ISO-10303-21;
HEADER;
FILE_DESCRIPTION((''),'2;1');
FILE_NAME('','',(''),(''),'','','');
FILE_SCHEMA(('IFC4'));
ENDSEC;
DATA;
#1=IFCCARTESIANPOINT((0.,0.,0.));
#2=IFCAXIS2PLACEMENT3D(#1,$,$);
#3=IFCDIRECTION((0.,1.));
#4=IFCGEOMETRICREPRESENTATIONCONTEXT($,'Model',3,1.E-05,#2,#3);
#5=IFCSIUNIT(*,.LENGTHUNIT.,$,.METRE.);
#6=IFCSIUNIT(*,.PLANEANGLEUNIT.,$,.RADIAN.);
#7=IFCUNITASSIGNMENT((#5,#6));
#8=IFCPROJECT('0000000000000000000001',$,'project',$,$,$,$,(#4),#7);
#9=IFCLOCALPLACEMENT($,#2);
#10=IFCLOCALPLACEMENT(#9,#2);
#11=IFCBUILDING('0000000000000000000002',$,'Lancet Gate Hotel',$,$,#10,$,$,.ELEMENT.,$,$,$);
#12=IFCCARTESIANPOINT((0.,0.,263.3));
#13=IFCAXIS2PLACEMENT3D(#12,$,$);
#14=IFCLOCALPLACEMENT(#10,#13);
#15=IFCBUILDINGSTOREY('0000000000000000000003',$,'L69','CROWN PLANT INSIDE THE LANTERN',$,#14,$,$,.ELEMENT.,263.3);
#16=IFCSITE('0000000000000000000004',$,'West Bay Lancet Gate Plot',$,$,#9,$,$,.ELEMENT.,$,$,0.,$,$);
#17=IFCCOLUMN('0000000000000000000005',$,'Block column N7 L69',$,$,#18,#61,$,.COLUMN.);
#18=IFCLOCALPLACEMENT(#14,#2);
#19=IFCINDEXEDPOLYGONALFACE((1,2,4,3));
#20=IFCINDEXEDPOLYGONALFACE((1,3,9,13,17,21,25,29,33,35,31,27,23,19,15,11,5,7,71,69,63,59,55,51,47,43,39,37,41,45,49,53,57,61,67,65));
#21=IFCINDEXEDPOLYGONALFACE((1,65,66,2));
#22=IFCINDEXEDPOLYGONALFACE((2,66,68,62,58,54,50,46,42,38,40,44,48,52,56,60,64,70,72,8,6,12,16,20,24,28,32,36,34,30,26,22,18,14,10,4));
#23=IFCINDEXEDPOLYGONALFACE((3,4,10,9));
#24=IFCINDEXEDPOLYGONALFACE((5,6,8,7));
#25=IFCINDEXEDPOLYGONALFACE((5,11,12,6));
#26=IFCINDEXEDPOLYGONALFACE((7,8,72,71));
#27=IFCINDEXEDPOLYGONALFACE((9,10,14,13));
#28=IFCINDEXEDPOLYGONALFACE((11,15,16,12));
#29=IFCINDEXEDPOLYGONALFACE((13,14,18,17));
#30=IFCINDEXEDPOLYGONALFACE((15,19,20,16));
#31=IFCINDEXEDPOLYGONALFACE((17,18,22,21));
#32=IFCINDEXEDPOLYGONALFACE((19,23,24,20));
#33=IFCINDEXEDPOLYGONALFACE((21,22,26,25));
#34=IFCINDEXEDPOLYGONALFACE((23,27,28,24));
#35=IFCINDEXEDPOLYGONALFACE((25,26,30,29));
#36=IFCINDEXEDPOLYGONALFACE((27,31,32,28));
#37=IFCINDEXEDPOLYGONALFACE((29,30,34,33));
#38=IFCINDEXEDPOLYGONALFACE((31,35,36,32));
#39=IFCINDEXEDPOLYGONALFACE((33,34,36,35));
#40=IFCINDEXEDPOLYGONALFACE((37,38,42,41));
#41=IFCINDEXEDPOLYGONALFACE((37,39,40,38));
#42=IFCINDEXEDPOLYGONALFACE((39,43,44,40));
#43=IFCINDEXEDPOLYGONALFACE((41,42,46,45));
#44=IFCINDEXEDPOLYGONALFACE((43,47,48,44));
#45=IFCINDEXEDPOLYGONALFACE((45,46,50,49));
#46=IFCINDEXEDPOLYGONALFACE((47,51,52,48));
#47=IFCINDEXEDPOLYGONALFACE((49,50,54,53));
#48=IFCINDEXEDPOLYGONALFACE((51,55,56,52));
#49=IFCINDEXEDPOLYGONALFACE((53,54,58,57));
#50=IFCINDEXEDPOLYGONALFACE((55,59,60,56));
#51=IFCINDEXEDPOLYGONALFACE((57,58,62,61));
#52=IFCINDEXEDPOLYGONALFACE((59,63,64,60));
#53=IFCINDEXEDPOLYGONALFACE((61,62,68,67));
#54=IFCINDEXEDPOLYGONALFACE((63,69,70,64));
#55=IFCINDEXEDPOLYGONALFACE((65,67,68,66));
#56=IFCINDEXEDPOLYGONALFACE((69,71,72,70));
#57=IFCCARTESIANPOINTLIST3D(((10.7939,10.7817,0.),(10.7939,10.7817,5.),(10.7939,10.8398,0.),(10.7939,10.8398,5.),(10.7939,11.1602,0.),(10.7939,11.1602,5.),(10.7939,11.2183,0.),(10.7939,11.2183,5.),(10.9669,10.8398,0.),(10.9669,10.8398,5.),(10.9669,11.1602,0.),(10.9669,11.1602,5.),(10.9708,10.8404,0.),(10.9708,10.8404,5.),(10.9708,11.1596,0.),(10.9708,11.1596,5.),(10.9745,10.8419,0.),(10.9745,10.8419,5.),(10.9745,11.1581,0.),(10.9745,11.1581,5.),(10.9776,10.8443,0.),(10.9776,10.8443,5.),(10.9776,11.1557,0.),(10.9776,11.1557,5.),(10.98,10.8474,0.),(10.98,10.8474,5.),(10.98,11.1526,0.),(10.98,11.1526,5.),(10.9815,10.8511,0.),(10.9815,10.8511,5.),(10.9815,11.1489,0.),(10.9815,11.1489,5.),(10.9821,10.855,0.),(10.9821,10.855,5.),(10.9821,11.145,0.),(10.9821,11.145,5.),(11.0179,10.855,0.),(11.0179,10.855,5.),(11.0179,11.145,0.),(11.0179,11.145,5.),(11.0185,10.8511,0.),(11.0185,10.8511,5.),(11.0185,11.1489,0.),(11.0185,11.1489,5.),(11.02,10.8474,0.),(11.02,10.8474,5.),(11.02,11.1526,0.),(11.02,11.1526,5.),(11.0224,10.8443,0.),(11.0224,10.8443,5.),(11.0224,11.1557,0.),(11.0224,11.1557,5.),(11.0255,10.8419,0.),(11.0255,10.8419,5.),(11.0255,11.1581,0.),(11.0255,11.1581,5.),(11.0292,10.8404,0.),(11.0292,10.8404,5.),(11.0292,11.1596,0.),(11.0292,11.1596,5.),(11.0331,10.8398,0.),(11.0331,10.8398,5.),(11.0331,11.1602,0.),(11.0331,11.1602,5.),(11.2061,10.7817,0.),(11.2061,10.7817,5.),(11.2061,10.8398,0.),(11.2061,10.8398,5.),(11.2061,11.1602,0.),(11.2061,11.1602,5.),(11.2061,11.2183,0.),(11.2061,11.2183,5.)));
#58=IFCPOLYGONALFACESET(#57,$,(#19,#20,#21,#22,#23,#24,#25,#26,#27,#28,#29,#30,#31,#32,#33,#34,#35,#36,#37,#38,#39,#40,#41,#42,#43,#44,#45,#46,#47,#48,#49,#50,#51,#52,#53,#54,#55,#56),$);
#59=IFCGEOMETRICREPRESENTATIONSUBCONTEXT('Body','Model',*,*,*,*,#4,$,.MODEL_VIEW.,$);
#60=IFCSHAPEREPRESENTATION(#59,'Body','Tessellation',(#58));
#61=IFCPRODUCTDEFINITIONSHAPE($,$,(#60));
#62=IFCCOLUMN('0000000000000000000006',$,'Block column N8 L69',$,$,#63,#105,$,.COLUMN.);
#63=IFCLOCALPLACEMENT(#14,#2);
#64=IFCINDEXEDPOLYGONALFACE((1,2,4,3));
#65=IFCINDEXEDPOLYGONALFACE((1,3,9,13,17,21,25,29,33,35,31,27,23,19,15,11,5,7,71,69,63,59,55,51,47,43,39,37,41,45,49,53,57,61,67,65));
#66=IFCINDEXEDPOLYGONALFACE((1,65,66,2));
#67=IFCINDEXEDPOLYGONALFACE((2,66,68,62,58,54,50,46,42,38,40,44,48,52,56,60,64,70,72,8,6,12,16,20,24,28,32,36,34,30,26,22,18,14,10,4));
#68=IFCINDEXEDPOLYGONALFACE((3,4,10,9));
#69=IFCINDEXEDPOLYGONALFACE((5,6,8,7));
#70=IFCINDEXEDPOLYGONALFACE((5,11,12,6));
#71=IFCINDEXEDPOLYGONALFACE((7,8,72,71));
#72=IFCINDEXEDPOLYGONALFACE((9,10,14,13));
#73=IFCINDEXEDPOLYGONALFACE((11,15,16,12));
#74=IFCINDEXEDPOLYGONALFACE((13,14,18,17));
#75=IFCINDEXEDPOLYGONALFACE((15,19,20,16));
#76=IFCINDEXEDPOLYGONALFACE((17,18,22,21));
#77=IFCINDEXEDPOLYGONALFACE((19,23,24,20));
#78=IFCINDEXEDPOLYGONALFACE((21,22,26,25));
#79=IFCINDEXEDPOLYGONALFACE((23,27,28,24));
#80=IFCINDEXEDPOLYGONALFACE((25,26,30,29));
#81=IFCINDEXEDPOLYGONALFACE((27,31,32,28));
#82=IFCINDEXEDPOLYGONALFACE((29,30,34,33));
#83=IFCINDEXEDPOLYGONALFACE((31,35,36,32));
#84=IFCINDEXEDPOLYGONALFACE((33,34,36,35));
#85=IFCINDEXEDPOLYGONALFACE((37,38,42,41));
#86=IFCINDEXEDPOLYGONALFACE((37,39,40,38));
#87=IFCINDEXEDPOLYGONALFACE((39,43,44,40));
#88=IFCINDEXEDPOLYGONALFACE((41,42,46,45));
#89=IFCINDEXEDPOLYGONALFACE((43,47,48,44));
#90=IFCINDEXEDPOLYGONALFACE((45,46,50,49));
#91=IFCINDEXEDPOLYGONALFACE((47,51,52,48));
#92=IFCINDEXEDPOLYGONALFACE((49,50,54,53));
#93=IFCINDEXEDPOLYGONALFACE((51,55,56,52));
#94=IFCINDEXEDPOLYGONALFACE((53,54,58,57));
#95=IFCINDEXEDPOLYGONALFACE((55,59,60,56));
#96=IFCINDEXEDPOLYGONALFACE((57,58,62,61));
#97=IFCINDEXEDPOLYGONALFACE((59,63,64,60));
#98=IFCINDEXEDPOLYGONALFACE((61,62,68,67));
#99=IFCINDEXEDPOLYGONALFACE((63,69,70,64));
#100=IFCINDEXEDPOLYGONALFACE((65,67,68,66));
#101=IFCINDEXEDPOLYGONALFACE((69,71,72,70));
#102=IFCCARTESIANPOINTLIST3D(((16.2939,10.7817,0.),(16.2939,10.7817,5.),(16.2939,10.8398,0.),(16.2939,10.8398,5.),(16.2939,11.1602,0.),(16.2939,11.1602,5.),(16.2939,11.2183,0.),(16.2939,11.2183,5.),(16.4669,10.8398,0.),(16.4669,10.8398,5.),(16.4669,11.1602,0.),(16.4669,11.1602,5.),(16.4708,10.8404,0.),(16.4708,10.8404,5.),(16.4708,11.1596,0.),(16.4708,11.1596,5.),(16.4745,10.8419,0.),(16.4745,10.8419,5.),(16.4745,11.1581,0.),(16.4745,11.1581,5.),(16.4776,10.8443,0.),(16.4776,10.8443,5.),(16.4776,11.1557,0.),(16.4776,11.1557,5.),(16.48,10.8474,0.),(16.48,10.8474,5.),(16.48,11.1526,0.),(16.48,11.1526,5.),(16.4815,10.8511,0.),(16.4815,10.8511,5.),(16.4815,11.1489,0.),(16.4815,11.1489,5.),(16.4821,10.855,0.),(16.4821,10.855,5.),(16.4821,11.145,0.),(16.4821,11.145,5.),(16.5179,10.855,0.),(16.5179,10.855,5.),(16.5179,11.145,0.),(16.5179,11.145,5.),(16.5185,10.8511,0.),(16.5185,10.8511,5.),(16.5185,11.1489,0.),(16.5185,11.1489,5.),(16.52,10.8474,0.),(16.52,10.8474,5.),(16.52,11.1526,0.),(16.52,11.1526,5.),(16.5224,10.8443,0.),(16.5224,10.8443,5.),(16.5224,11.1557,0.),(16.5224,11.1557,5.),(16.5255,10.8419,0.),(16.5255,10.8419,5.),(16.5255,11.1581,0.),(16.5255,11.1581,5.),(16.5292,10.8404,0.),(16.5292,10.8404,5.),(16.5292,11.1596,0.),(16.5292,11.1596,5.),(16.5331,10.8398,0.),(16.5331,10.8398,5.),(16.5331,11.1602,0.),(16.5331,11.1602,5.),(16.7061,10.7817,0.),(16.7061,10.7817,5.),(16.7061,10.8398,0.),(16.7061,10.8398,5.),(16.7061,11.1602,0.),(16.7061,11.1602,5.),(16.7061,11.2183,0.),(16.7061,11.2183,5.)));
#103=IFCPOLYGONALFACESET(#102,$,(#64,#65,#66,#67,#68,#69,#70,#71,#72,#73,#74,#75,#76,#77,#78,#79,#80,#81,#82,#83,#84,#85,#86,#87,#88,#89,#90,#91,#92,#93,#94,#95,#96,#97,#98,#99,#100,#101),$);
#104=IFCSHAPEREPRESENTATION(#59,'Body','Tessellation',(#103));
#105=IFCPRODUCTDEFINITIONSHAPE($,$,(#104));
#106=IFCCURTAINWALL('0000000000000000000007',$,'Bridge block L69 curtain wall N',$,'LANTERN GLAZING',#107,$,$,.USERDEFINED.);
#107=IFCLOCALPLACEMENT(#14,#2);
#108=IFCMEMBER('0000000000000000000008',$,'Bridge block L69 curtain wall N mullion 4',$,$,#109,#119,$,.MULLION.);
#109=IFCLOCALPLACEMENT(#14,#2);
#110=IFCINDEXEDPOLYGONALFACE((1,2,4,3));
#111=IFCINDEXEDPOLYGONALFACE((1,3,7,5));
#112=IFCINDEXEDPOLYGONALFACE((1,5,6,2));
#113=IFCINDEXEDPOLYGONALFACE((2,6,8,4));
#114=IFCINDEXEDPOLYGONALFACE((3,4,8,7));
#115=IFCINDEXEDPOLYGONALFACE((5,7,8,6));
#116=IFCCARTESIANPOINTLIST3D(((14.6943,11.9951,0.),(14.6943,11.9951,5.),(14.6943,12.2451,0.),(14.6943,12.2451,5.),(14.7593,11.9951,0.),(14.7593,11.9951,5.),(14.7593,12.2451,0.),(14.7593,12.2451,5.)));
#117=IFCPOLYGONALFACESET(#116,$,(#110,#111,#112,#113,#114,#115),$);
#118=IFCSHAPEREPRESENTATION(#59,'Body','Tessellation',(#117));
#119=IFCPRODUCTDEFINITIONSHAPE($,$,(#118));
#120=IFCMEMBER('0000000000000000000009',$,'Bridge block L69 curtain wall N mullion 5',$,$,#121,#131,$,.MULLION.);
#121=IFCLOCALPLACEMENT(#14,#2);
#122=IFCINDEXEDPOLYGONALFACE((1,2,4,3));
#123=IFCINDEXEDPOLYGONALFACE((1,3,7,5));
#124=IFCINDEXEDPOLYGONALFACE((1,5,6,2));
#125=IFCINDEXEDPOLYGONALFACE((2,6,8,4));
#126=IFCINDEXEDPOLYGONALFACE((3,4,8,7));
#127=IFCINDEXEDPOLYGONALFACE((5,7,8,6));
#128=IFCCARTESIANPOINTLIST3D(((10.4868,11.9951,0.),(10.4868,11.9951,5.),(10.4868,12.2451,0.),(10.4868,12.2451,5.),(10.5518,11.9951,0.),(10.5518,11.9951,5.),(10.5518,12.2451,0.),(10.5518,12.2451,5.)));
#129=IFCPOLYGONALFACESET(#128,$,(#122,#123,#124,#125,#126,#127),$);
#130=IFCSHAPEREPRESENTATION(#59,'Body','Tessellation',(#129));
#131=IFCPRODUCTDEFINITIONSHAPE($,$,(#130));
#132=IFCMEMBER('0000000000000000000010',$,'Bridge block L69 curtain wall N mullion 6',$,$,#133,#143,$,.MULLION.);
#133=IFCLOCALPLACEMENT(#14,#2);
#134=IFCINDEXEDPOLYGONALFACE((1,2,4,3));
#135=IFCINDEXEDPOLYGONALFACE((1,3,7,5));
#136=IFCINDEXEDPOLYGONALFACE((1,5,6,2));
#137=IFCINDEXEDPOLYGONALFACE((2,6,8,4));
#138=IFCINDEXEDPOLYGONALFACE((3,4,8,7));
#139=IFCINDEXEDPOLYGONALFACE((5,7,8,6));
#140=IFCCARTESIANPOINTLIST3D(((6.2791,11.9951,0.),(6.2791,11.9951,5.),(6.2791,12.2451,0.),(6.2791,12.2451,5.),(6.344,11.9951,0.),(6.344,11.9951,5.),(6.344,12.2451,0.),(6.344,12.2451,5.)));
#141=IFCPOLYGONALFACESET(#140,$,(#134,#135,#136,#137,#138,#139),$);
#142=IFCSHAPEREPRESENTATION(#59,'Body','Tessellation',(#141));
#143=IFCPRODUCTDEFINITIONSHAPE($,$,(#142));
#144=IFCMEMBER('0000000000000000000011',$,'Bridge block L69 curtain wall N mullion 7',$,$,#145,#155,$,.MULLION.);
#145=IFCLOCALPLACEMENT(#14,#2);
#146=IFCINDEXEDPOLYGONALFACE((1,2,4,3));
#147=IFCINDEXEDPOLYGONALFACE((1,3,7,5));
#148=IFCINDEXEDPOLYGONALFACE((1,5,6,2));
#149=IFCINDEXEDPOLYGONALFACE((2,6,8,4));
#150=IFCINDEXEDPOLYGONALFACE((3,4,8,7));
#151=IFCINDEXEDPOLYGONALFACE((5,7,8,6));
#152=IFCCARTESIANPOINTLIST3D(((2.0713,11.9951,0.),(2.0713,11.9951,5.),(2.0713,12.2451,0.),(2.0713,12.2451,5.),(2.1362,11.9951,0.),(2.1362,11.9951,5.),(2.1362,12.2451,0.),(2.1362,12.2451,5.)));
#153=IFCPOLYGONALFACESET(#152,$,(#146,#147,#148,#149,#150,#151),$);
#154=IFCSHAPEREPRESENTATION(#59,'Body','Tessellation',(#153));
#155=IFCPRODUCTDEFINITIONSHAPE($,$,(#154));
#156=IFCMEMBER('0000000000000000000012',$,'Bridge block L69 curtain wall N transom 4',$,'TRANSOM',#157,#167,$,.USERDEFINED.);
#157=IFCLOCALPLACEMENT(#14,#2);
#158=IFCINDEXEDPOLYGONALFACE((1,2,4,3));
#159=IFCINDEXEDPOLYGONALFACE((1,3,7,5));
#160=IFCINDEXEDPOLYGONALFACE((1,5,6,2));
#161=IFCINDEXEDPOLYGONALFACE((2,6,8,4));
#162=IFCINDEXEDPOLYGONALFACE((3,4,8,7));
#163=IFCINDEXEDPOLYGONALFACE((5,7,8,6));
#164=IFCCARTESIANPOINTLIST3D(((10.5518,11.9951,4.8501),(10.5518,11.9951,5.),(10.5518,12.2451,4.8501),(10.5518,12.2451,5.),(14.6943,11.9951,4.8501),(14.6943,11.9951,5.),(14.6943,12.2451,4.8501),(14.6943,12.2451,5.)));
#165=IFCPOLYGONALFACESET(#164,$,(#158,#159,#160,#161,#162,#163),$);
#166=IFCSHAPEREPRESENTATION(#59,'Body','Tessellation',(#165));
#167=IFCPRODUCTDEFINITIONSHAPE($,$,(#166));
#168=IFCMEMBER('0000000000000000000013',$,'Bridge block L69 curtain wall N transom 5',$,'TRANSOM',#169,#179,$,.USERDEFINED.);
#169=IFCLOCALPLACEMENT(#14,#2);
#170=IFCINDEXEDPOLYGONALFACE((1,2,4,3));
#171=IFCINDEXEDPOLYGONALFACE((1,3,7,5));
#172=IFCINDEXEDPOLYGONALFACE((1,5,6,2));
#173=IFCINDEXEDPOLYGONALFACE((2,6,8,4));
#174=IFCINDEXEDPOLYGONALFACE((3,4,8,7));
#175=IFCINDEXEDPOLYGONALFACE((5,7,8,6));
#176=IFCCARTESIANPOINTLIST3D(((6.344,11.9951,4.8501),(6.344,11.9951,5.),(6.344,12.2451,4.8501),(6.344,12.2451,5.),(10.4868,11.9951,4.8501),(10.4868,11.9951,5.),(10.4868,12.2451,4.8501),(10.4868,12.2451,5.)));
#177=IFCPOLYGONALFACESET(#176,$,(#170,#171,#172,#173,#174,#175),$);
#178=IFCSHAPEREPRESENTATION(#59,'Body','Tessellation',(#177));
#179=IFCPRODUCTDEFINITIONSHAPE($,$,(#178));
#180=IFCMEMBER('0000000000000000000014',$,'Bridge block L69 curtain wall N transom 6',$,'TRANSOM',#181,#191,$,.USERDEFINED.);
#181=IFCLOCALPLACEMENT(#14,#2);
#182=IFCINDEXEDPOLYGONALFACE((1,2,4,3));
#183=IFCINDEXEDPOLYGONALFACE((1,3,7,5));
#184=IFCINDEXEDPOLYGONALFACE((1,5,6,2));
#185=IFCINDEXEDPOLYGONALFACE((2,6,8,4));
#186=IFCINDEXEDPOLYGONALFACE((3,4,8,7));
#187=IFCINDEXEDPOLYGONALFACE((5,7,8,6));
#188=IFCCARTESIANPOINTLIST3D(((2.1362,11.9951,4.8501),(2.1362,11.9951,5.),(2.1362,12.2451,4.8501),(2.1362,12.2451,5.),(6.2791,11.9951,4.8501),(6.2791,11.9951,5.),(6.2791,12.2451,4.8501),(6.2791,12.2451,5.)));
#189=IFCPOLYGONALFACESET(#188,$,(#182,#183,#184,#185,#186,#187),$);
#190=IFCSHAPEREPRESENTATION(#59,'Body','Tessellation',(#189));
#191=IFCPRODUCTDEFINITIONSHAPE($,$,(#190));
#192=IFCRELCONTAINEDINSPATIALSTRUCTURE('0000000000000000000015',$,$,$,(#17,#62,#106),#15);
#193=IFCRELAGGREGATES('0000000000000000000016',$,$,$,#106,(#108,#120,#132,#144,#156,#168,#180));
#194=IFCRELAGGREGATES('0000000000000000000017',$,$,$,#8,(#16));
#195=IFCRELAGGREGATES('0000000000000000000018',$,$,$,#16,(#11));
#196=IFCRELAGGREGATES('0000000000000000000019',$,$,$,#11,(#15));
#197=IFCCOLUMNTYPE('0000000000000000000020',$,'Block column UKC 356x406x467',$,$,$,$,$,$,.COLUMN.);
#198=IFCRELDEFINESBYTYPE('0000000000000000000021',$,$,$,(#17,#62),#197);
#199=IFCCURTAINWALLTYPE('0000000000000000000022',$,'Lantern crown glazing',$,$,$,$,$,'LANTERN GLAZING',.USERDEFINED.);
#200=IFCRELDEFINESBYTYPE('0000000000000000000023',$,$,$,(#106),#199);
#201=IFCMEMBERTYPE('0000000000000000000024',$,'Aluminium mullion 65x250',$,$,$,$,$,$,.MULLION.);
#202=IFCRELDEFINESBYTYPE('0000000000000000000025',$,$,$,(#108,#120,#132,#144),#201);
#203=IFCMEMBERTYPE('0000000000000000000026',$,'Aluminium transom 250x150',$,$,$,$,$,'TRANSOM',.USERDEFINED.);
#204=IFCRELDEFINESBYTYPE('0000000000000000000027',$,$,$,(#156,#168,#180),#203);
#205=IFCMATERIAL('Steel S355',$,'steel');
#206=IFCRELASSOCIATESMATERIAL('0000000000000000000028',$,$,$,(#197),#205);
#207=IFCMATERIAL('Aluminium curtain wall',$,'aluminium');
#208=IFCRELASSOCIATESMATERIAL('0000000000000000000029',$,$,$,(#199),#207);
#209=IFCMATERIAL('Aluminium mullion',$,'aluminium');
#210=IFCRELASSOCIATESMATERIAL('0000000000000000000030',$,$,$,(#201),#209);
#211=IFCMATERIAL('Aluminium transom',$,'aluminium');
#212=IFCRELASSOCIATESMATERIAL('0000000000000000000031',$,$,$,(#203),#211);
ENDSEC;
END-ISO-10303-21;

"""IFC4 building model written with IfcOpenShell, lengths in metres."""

from ifc_helpers import new_model, si_unit, direction, frame, origin, origin_2d, place, context, subcontext, project, spatial, rectangle, i_section, extrude, material, material_profile, profile_set, type_object, element, aggregate, save


model = new_model("IFC4")

# Units and contexts
model_context = context("Model", 3, precision=1e-05, world=origin(), true_north=direction((0.0, 1.0)))
body_context = subcontext(model_context, "Body", "Model", "MODEL_VIEW")
ifc_project = project(units=[si_unit("LENGTHUNIT", "METRE"), si_unit("PLANEANGLEUNIT", "RADIAN")], contexts=[model_context])

# Site, building, storey
site_placement = place(None, origin())
site = spatial("IfcSite", under=ifc_project, at=site_placement, Name="West Bay Lancet Gate Plot", CompositionType="ELEMENT", RefElevation=0.0)
building_placement = place(site_placement, origin())
building = spatial("IfcBuilding", under=site, at=building_placement, Name="Lancet Gate Hotel", CompositionType="ELEMENT")
storey_placement = place(building_placement, frame((0.0, 0.0, 263.3)))
storey = spatial("IfcBuildingStorey", under=building, at=storey_placement, Name="L69", Description="CROWN PLANT INSIDE THE LANTERN", CompositionType="ELEMENT", Elevation=263.3)

# Columns
ifc_material_1 = material(Name="Steel S355", Category="steel")
ifc_material_profile_1 = material_profile(ifc_material_1, i_section(OverallWidth=0.4121, OverallDepth=0.4365, WebThickness=0.0359, FlangeThickness=0.0581, FilletRadius=0.0151, at=origin_2d()), Name="UKC 356x406x467")
ifc_profile_set_1 = profile_set([ifc_material_profile_1], Name="Steel S355")
column_type = type_object("IfcColumnType", Name="Block column UKC 356x406x467", PredefinedType="COLUMN", material=ifc_profile_set_1)
for number, where, z_axis, x_axis, name in (
    (1, (11.0, 11.0, 0.0), (0.0, 0.0, 1.0), (1.0, 0.0, 0.0), "Block column N7 L69"),
    (2, (16.5, 11.0, 0.0), (0.0, 0.0, 1.0), (1.0, 0.0, 0.0), "Block column N8 L69"),
):
    element("IfcColumn", number, at=place(storey_placement, frame(where, z_axis=z_axis, x_axis=x_axis)), inside=storey, type_object=column_type, Name=name, PredefinedType="COLUMN", context=body_context, shape_type="SweptSolid", body=[
        extrude(i_section(OverallWidth=0.4121, OverallDepth=0.4365, WebThickness=0.0359, FlangeThickness=0.0581, FilletRadius=0.0151, at=origin_2d()), origin(), (0.0, 0.0, 1.0), 5.0),
    ])

# Curtain wall, members
ifc_material_2 = material(Name="Aluminium curtain wall", Category="aluminium")
curtain_wall_type = type_object("IfcCurtainWallType", Name="Lantern crown glazing", ElementType="LANTERN GLAZING", PredefinedType="USERDEFINED", material=ifc_material_2)
curtain_wall_placement = place(storey_placement, origin())
curtain_wall = element("IfcCurtainWall", 3, at=curtain_wall_placement, inside=storey, type_object=curtain_wall_type, Name="Bridge block L69 curtain wall N", ObjectType="LANTERN GLAZING", PredefinedType="USERDEFINED")
ifc_material_3 = material(Name="Aluminium mullion", Category="aluminium")
ifc_material_profile_2 = material_profile(ifc_material_3, rectangle(XDim=0.0649, YDim=0.25, at=origin_2d()), Name="MULLION 65x250")
ifc_profile_set_2 = profile_set([ifc_material_profile_2], Name="Aluminium mullion")
member_type_1 = type_object("IfcMemberType", Name="Aluminium mullion 65x250", PredefinedType="MULLION", material=ifc_profile_set_2)
member_1_placement = place(storey_placement, frame((14.7268, 12.1201, 0.0), z_axis=(0.0, 0.0, 1.0), x_axis=(-1.0, 0.0, 0.0)))
member_1 = element("IfcMember", 4, at=member_1_placement, type_object=member_type_1, Name="Bridge block L69 curtain wall N mullion 4", PredefinedType="MULLION", context=body_context, shape_type="SweptSolid", body=[
    extrude(rectangle(XDim=0.0649, YDim=0.25, at=origin_2d()), origin(), (0.0, 0.0, 1.0), 5.0),
])
member_2_placement = place(storey_placement, frame((10.5193, 12.1201, 0.0), z_axis=(0.0, 0.0, 1.0), x_axis=(-1.0, 0.0, 0.0)))
member_2 = element("IfcMember", 5, at=member_2_placement, type_object=member_type_1, Name="Bridge block L69 curtain wall N mullion 5", PredefinedType="MULLION", context=body_context, shape_type="SweptSolid", body=[
    extrude(rectangle(XDim=0.0649, YDim=0.25, at=origin_2d()), origin(), (0.0, 0.0, 1.0), 5.0),
])
member_3_placement = place(storey_placement, frame((6.3115, 12.1201, 0.0), z_axis=(0.0, 0.0, 1.0), x_axis=(-1.0, 0.0, 0.0)))
member_3 = element("IfcMember", 6, at=member_3_placement, type_object=member_type_1, Name="Bridge block L69 curtain wall N mullion 6", PredefinedType="MULLION", context=body_context, shape_type="SweptSolid", body=[
    extrude(rectangle(XDim=0.0649, YDim=0.25, at=origin_2d()), origin(), (0.0, 0.0, 1.0), 5.0),
])
member_4_placement = place(storey_placement, frame((2.1038, 12.1201, 0.0), z_axis=(0.0, 0.0, 1.0), x_axis=(-1.0, 0.0, 0.0)))
member_4 = element("IfcMember", 7, at=member_4_placement, type_object=member_type_1, Name="Bridge block L69 curtain wall N mullion 7", PredefinedType="MULLION", context=body_context, shape_type="SweptSolid", body=[
    extrude(rectangle(XDim=0.0649, YDim=0.25, at=origin_2d()), origin(), (0.0, 0.0, 1.0), 5.0),
])
ifc_material_4 = material(Name="Aluminium transom", Category="aluminium")
ifc_material_profile_3 = material_profile(ifc_material_4, rectangle(XDim=0.25, YDim=0.1499, at=origin_2d()), Name="TRANSOM 250x150")
ifc_profile_set_3 = profile_set([ifc_material_profile_3], Name="Aluminium transom")
member_type_2 = type_object("IfcMemberType", Name="Aluminium transom 250x150", ElementType="TRANSOM", PredefinedType="USERDEFINED", material=ifc_profile_set_3)
member_5_placement = place(storey_placement, frame((14.6943, 12.1201, 4.925), z_axis=(-1.0, 0.0, 0.0), x_axis=(0.0, -1.0, 0.0)))
member_5 = element("IfcMember", 8, at=member_5_placement, type_object=member_type_2, Name="Bridge block L69 curtain wall N transom 4", ObjectType="TRANSOM", PredefinedType="USERDEFINED", context=body_context, shape_type="SweptSolid", body=[
    extrude(rectangle(XDim=0.25, YDim=0.1499, at=origin_2d()), origin(), (0.0, 0.0, 1.0), 4.1426),
])
member_6_placement = place(storey_placement, frame((10.4868, 12.1201, 4.925), z_axis=(-1.0, 0.0, 0.0), x_axis=(0.0, -1.0, 0.0)))
member_6 = element("IfcMember", 9, at=member_6_placement, type_object=member_type_2, Name="Bridge block L69 curtain wall N transom 5", ObjectType="TRANSOM", PredefinedType="USERDEFINED", context=body_context, shape_type="SweptSolid", body=[
    extrude(rectangle(XDim=0.25, YDim=0.1499, at=origin_2d()), origin(), (0.0, 0.0, 1.0), 4.1428),
])
member_7_placement = place(storey_placement, frame((6.2791, 12.1201, 4.925), z_axis=(-1.0, 0.0, 0.0), x_axis=(0.0, -1.0, 0.0)))
member_7 = element("IfcMember", 10, at=member_7_placement, type_object=member_type_2, Name="Bridge block L69 curtain wall N transom 6", ObjectType="TRANSOM", PredefinedType="USERDEFINED", context=body_context, shape_type="SweptSolid", body=[
    extrude(rectangle(XDim=0.25, YDim=0.1499, at=origin_2d()), origin(), (0.0, 0.0, 1.0), 4.1428),
])

aggregate(curtain_wall, [member_1, member_2, member_3, member_4, member_5, member_6, member_7])

save(model, "model.ifc")
